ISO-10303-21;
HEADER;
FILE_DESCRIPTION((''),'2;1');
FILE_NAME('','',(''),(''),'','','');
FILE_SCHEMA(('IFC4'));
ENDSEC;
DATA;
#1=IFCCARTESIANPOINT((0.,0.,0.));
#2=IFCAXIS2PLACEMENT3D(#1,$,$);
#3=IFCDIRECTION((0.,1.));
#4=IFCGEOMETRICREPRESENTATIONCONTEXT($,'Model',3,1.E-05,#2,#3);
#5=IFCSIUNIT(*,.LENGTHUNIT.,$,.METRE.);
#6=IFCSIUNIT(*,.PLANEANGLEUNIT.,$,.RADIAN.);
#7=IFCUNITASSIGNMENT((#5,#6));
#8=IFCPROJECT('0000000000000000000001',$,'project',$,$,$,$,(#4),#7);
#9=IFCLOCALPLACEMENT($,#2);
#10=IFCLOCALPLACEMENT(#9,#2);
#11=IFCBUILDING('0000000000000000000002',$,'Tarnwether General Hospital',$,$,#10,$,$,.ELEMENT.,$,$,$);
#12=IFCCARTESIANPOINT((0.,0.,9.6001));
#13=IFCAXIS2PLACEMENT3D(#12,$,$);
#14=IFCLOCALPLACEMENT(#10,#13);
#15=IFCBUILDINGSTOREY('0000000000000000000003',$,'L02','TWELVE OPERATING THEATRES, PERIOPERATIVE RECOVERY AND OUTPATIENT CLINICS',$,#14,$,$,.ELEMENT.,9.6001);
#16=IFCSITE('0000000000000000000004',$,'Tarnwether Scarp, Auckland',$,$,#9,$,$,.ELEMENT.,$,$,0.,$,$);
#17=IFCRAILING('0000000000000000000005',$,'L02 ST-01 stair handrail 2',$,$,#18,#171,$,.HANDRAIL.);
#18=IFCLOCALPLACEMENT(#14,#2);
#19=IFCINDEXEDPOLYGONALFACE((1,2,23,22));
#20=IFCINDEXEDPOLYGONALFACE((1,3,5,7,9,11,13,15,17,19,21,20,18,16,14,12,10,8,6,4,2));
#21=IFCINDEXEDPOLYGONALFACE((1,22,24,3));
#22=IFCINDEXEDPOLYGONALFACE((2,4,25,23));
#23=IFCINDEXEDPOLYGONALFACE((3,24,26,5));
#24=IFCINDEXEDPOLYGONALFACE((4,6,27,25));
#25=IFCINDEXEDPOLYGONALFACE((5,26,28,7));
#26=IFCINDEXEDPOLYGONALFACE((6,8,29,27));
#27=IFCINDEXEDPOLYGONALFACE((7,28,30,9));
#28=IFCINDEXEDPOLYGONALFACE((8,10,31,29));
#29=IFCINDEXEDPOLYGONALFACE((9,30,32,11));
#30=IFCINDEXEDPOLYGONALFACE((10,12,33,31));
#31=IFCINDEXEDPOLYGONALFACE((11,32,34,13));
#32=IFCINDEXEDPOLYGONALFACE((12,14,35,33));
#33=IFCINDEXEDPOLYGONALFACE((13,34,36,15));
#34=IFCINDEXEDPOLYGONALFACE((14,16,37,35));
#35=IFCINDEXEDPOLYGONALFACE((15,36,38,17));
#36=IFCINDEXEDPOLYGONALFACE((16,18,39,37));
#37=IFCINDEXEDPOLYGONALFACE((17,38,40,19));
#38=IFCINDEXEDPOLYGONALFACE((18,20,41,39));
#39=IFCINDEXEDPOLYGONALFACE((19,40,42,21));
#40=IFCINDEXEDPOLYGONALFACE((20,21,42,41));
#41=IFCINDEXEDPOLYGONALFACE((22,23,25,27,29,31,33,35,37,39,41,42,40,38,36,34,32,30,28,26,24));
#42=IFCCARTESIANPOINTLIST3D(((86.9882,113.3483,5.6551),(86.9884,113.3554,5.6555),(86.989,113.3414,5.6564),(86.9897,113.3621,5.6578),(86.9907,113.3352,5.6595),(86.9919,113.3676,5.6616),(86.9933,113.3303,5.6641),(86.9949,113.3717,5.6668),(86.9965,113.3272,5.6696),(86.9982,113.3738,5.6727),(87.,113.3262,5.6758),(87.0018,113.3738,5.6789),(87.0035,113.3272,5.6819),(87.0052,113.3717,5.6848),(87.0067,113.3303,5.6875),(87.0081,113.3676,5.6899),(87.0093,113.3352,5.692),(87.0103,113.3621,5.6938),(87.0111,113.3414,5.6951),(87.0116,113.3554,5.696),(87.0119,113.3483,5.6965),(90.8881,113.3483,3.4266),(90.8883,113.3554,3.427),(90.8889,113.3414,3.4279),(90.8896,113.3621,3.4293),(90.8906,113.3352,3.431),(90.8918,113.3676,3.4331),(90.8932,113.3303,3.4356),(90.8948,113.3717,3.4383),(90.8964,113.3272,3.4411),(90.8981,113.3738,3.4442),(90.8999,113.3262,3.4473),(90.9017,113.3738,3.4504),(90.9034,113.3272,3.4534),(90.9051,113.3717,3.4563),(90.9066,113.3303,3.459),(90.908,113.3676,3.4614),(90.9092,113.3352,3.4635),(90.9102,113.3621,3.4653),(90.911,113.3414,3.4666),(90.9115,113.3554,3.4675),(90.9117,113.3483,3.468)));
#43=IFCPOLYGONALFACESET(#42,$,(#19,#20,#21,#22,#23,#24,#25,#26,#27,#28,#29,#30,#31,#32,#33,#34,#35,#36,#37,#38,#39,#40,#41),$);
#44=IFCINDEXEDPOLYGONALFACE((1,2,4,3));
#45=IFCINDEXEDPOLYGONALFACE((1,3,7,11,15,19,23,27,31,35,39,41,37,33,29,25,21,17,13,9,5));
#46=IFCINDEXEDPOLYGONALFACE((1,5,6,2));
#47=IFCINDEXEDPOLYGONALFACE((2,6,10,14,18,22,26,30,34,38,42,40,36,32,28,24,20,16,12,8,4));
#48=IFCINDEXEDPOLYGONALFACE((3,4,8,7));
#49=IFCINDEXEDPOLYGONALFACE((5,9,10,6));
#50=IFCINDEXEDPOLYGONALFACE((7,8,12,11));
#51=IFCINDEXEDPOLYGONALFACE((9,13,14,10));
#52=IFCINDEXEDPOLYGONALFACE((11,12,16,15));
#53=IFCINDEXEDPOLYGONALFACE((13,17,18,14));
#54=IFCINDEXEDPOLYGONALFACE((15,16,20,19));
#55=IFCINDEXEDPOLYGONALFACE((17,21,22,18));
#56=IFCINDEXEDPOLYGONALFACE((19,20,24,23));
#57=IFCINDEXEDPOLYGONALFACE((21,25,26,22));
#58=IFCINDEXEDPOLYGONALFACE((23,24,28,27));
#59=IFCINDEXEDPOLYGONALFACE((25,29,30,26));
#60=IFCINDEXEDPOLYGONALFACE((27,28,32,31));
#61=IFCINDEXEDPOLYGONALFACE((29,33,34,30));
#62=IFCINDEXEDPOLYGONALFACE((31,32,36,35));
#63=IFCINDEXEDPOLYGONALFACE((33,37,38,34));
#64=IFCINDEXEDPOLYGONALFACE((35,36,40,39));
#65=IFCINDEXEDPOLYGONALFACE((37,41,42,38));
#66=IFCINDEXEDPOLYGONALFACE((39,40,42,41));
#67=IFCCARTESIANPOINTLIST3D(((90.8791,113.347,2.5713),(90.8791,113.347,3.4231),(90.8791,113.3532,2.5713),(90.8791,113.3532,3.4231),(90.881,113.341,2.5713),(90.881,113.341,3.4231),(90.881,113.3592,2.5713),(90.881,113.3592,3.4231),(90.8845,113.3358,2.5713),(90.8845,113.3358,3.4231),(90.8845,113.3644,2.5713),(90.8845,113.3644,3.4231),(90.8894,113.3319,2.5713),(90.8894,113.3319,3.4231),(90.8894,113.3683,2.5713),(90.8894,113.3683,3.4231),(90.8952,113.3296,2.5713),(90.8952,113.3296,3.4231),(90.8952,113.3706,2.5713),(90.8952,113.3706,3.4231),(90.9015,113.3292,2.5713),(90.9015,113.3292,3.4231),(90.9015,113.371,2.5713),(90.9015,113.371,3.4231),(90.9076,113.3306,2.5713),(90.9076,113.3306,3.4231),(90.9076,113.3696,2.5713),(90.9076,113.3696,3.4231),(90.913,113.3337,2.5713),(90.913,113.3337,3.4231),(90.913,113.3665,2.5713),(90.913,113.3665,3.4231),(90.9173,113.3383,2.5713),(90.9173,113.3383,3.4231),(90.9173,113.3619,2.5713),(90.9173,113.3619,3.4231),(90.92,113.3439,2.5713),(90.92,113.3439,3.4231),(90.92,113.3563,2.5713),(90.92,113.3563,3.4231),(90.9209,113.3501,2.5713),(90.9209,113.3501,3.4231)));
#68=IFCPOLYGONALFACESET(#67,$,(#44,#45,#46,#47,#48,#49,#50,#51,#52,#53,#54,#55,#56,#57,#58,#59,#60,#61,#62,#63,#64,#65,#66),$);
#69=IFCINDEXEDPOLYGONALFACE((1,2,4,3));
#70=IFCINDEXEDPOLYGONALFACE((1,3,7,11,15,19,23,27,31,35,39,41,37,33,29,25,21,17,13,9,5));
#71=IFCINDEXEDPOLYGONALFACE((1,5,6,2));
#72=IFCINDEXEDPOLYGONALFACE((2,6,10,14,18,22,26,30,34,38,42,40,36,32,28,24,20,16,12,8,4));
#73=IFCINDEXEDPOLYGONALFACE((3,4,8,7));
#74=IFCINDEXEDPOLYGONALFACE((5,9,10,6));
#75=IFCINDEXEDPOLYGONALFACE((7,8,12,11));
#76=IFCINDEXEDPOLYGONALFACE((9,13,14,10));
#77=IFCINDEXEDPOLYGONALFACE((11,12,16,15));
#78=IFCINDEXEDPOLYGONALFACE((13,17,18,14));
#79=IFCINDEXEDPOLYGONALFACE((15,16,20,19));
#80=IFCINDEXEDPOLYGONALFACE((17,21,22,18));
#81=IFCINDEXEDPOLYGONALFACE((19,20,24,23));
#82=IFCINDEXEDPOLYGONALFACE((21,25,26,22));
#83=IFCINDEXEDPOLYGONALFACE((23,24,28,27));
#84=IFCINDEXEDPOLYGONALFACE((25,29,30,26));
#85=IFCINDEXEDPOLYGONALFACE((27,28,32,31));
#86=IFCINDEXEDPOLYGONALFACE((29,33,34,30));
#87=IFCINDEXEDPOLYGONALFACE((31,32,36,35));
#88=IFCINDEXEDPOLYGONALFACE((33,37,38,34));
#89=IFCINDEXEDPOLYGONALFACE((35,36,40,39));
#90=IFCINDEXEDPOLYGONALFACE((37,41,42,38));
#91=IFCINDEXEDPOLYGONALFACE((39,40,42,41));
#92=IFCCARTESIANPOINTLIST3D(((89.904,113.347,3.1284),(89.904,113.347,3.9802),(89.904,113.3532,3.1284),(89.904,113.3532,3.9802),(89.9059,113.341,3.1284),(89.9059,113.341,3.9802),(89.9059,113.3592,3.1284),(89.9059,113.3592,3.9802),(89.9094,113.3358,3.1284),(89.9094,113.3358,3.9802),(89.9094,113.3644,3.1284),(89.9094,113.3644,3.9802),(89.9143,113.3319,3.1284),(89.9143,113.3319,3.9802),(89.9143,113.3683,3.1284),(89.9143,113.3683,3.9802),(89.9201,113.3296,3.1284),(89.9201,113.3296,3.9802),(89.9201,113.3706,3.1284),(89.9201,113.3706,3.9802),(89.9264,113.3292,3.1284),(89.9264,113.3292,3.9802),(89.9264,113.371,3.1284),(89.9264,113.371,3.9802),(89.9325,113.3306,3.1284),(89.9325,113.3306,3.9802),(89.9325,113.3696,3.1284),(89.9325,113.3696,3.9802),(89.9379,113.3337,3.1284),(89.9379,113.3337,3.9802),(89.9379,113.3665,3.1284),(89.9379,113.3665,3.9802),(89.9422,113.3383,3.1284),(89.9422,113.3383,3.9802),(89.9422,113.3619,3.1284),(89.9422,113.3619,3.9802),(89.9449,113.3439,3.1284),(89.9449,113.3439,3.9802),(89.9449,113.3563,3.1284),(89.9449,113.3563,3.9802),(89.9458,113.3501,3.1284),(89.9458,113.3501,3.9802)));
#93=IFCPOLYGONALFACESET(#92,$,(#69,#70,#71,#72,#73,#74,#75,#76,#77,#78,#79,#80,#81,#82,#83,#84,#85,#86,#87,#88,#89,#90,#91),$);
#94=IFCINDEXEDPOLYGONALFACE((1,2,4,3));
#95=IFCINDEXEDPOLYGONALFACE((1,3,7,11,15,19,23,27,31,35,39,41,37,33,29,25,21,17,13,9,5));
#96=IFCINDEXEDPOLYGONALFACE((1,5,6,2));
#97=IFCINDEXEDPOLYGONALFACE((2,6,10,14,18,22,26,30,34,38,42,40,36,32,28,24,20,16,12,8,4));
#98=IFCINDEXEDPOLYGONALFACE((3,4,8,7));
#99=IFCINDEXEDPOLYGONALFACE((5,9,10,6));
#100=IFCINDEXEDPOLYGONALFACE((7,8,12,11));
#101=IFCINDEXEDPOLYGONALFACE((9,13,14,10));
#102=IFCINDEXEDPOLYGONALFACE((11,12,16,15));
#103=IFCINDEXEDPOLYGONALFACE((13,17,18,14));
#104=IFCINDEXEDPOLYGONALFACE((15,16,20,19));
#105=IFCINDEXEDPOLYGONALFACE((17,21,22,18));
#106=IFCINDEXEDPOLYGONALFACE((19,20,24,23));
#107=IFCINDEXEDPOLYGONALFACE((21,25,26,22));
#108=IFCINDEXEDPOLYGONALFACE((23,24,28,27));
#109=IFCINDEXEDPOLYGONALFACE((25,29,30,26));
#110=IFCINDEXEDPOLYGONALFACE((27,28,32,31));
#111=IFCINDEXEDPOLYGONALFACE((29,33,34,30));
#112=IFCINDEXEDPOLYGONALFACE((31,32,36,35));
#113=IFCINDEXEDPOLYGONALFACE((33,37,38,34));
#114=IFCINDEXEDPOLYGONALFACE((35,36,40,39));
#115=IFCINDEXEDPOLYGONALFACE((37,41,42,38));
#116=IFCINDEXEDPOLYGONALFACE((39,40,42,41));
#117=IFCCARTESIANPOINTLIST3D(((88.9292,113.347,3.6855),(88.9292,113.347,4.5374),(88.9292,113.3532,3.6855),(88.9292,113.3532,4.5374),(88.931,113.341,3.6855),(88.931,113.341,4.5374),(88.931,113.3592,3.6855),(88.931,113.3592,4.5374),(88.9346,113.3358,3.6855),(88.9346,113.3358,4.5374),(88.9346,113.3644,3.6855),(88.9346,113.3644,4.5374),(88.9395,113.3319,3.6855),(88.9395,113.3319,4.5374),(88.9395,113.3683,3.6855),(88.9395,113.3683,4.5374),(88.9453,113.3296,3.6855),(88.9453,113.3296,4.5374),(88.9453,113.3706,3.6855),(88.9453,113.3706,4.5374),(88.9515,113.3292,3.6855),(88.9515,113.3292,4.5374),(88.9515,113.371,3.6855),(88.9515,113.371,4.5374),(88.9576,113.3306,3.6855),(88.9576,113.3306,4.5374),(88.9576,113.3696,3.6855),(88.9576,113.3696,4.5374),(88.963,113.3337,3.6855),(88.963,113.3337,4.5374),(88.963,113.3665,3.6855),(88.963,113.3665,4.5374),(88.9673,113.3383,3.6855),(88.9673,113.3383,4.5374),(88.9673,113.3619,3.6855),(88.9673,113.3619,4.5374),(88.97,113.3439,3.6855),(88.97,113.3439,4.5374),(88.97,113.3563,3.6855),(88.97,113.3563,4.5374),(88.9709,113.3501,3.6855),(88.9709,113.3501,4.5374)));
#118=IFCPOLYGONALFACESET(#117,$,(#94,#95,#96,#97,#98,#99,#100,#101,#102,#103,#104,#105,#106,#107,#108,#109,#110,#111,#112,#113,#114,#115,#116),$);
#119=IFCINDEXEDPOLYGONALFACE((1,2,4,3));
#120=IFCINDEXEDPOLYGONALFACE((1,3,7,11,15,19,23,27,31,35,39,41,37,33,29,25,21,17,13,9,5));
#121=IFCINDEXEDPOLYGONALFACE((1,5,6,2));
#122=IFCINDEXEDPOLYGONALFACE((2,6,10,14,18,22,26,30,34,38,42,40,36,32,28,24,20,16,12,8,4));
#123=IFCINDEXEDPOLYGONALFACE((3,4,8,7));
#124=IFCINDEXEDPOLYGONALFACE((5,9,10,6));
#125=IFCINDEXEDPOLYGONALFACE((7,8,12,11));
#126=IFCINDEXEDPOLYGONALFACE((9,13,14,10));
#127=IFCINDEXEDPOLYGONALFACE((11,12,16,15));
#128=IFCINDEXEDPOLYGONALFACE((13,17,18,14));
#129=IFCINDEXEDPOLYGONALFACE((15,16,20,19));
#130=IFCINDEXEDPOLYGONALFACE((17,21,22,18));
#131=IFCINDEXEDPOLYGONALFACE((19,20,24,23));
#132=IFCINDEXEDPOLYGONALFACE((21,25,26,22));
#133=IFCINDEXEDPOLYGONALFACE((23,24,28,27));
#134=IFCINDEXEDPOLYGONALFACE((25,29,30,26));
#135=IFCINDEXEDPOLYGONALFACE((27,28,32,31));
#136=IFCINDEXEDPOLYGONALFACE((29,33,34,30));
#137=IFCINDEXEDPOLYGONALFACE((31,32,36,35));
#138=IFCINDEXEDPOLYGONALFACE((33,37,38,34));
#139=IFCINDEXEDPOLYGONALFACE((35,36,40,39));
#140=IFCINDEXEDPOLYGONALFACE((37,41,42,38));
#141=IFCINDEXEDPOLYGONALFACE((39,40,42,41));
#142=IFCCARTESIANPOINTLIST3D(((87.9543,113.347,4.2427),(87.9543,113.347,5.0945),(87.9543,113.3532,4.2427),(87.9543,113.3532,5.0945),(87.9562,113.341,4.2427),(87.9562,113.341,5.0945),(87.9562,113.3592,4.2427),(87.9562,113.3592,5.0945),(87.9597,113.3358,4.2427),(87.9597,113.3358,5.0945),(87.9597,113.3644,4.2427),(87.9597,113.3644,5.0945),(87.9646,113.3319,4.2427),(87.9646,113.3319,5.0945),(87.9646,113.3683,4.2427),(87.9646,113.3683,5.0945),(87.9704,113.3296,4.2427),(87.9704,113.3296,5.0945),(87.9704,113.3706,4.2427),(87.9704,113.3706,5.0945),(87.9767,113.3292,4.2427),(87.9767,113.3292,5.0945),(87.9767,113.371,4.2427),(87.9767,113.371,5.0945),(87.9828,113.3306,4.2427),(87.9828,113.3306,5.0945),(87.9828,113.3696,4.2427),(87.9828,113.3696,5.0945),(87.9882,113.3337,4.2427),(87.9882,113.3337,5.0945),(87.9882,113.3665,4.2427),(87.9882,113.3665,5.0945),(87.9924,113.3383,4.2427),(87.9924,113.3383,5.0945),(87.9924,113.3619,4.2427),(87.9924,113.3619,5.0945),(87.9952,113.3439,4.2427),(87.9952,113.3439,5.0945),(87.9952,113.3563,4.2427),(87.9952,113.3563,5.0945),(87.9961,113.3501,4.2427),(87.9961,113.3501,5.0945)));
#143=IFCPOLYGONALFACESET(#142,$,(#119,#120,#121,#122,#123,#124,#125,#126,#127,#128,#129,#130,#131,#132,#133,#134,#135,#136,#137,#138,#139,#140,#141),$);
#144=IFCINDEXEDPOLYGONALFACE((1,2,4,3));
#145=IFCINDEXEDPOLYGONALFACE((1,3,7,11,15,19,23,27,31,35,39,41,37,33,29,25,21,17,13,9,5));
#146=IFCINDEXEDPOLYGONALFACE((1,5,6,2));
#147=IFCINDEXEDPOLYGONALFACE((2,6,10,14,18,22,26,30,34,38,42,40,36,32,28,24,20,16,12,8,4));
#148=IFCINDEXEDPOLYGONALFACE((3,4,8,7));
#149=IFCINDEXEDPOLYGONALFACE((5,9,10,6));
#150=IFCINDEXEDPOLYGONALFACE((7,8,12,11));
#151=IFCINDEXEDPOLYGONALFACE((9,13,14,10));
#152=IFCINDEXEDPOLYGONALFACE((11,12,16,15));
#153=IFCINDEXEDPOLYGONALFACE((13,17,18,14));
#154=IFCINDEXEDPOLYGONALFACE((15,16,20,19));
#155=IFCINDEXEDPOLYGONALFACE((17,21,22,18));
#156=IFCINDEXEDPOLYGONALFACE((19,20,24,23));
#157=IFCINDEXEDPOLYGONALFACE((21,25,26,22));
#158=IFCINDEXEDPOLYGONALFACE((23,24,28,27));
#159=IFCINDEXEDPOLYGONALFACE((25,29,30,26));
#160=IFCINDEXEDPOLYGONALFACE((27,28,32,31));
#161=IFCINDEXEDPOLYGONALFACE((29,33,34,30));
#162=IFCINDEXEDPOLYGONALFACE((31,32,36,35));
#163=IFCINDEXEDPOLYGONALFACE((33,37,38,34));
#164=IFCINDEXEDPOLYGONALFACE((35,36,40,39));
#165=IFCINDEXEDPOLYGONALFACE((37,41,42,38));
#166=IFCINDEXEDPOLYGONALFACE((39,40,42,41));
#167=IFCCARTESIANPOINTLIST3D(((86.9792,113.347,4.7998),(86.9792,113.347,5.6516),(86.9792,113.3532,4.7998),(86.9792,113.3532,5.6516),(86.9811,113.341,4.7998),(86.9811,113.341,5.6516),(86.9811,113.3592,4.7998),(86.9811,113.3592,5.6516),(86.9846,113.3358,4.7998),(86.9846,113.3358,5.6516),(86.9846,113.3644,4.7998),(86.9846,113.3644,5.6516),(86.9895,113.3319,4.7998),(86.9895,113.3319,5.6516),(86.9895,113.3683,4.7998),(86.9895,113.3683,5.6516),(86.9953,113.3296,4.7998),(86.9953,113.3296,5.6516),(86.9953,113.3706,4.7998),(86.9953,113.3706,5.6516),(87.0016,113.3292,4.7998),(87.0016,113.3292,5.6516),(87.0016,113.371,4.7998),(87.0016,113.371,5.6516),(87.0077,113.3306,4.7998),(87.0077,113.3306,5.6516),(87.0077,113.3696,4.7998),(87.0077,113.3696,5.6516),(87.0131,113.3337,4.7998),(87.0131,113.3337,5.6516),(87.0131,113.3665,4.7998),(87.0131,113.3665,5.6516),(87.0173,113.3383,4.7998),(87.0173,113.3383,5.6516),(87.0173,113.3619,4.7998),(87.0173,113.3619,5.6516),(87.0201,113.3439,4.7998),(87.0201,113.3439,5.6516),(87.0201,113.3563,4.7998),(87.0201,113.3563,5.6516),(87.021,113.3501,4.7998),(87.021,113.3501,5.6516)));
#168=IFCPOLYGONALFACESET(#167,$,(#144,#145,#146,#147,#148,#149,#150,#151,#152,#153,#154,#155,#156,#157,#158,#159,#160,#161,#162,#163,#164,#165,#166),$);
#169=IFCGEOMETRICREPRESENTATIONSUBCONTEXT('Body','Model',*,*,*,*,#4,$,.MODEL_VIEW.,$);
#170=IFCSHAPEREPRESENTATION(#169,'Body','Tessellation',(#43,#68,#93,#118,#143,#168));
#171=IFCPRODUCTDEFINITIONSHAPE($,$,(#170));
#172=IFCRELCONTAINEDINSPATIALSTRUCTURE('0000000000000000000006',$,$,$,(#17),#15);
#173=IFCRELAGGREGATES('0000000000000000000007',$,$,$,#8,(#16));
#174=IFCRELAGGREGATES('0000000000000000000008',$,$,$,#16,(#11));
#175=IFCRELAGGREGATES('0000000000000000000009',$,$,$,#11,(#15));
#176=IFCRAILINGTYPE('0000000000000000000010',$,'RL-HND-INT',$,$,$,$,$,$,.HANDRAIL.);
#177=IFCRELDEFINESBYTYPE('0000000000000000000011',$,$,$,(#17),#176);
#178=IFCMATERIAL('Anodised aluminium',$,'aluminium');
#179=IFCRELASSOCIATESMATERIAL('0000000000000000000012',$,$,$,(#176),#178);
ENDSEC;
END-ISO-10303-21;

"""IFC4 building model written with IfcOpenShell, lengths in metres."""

from ifc_helpers import new_model, si_unit, direction, frame, origin, origin_2d, place, context, subcontext, project, spatial, circle, extrude, material, type_object, element, save


model = new_model("IFC4")

# Units and contexts
model_context = context("Model", 3, precision=1e-05, world=origin(), true_north=direction((0.0, 1.0)))
body_context = subcontext(model_context, "Body", "Model", "MODEL_VIEW")
ifc_project = project(units=[si_unit("LENGTHUNIT", "METRE"), si_unit("PLANEANGLEUNIT", "RADIAN")], contexts=[model_context])

# Site, building, storey
site_placement = place(None, origin())
site = spatial("IfcSite", under=ifc_project, at=site_placement, Name="Tarnwether Scarp, Auckland", CompositionType="ELEMENT", RefElevation=0.0)
building_placement = place(site_placement, origin())
building = spatial("IfcBuilding", under=site, at=building_placement, Name="Tarnwether General Hospital", CompositionType="ELEMENT")
storey_placement = place(building_placement, frame((0.0, 0.0, 9.6001)))
storey = spatial("IfcBuildingStorey", under=building, at=storey_placement, Name="L02", Description="TWELVE OPERATING THEATRES, PERIOPERATIVE RECOVERY AND OUTPATIENT CLINICS", CompositionType="ELEMENT", Elevation=9.6001)

# Railing
ifc_material_1 = material(Name="Anodised aluminium", Category="aluminium")
railing_type_1 = type_object("IfcRailingType", Name="RL-HND-INT", PredefinedType="HANDRAIL", material=ifc_material_1)
railing_1_placement = place(storey_placement, frame((90.8999, 113.3501, 2.5713)))
element("IfcRailing", 1, at=railing_1_placement, inside=storey, type_object=railing_type_1, Name="L02 ST-01 stair handrail 2", PredefinedType="HANDRAIL", context=body_context, shape_type="SweptSolid", body=[
    extrude(circle(Radius=0.0239, at=origin_2d()), frame((0.0, 0.0, 0.876), z_axis=(-0.868243, 0.0, 0.496139), x_axis=(0.0, -1.0, 0.0)), (0.0, 0.0, 1.0), 4.4917),
    extrude(circle(Radius=0.021, at=origin_2d()), origin(), (0.0, 0.0, 1.0), 0.8518),
    extrude(circle(Radius=0.021, at=origin_2d()), frame((-0.9751, 0.0, 0.5571)), (0.0, 0.0, 1.0), 0.8518),
    extrude(circle(Radius=0.021, at=origin_2d()), frame((-1.95, 0.0, 1.1143)), (0.0, 0.0, 1.0), 0.8518),
    extrude(circle(Radius=0.021, at=origin_2d()), frame((-2.9248, 0.0, 1.6714)), (0.0, 0.0, 1.0), 0.8518),
    extrude(circle(Radius=0.021, at=origin_2d()), frame((-3.8999, 0.0, 2.2285)), (0.0, 0.0, 1.0), 0.8518),
])

save(model, "model.ifc")
